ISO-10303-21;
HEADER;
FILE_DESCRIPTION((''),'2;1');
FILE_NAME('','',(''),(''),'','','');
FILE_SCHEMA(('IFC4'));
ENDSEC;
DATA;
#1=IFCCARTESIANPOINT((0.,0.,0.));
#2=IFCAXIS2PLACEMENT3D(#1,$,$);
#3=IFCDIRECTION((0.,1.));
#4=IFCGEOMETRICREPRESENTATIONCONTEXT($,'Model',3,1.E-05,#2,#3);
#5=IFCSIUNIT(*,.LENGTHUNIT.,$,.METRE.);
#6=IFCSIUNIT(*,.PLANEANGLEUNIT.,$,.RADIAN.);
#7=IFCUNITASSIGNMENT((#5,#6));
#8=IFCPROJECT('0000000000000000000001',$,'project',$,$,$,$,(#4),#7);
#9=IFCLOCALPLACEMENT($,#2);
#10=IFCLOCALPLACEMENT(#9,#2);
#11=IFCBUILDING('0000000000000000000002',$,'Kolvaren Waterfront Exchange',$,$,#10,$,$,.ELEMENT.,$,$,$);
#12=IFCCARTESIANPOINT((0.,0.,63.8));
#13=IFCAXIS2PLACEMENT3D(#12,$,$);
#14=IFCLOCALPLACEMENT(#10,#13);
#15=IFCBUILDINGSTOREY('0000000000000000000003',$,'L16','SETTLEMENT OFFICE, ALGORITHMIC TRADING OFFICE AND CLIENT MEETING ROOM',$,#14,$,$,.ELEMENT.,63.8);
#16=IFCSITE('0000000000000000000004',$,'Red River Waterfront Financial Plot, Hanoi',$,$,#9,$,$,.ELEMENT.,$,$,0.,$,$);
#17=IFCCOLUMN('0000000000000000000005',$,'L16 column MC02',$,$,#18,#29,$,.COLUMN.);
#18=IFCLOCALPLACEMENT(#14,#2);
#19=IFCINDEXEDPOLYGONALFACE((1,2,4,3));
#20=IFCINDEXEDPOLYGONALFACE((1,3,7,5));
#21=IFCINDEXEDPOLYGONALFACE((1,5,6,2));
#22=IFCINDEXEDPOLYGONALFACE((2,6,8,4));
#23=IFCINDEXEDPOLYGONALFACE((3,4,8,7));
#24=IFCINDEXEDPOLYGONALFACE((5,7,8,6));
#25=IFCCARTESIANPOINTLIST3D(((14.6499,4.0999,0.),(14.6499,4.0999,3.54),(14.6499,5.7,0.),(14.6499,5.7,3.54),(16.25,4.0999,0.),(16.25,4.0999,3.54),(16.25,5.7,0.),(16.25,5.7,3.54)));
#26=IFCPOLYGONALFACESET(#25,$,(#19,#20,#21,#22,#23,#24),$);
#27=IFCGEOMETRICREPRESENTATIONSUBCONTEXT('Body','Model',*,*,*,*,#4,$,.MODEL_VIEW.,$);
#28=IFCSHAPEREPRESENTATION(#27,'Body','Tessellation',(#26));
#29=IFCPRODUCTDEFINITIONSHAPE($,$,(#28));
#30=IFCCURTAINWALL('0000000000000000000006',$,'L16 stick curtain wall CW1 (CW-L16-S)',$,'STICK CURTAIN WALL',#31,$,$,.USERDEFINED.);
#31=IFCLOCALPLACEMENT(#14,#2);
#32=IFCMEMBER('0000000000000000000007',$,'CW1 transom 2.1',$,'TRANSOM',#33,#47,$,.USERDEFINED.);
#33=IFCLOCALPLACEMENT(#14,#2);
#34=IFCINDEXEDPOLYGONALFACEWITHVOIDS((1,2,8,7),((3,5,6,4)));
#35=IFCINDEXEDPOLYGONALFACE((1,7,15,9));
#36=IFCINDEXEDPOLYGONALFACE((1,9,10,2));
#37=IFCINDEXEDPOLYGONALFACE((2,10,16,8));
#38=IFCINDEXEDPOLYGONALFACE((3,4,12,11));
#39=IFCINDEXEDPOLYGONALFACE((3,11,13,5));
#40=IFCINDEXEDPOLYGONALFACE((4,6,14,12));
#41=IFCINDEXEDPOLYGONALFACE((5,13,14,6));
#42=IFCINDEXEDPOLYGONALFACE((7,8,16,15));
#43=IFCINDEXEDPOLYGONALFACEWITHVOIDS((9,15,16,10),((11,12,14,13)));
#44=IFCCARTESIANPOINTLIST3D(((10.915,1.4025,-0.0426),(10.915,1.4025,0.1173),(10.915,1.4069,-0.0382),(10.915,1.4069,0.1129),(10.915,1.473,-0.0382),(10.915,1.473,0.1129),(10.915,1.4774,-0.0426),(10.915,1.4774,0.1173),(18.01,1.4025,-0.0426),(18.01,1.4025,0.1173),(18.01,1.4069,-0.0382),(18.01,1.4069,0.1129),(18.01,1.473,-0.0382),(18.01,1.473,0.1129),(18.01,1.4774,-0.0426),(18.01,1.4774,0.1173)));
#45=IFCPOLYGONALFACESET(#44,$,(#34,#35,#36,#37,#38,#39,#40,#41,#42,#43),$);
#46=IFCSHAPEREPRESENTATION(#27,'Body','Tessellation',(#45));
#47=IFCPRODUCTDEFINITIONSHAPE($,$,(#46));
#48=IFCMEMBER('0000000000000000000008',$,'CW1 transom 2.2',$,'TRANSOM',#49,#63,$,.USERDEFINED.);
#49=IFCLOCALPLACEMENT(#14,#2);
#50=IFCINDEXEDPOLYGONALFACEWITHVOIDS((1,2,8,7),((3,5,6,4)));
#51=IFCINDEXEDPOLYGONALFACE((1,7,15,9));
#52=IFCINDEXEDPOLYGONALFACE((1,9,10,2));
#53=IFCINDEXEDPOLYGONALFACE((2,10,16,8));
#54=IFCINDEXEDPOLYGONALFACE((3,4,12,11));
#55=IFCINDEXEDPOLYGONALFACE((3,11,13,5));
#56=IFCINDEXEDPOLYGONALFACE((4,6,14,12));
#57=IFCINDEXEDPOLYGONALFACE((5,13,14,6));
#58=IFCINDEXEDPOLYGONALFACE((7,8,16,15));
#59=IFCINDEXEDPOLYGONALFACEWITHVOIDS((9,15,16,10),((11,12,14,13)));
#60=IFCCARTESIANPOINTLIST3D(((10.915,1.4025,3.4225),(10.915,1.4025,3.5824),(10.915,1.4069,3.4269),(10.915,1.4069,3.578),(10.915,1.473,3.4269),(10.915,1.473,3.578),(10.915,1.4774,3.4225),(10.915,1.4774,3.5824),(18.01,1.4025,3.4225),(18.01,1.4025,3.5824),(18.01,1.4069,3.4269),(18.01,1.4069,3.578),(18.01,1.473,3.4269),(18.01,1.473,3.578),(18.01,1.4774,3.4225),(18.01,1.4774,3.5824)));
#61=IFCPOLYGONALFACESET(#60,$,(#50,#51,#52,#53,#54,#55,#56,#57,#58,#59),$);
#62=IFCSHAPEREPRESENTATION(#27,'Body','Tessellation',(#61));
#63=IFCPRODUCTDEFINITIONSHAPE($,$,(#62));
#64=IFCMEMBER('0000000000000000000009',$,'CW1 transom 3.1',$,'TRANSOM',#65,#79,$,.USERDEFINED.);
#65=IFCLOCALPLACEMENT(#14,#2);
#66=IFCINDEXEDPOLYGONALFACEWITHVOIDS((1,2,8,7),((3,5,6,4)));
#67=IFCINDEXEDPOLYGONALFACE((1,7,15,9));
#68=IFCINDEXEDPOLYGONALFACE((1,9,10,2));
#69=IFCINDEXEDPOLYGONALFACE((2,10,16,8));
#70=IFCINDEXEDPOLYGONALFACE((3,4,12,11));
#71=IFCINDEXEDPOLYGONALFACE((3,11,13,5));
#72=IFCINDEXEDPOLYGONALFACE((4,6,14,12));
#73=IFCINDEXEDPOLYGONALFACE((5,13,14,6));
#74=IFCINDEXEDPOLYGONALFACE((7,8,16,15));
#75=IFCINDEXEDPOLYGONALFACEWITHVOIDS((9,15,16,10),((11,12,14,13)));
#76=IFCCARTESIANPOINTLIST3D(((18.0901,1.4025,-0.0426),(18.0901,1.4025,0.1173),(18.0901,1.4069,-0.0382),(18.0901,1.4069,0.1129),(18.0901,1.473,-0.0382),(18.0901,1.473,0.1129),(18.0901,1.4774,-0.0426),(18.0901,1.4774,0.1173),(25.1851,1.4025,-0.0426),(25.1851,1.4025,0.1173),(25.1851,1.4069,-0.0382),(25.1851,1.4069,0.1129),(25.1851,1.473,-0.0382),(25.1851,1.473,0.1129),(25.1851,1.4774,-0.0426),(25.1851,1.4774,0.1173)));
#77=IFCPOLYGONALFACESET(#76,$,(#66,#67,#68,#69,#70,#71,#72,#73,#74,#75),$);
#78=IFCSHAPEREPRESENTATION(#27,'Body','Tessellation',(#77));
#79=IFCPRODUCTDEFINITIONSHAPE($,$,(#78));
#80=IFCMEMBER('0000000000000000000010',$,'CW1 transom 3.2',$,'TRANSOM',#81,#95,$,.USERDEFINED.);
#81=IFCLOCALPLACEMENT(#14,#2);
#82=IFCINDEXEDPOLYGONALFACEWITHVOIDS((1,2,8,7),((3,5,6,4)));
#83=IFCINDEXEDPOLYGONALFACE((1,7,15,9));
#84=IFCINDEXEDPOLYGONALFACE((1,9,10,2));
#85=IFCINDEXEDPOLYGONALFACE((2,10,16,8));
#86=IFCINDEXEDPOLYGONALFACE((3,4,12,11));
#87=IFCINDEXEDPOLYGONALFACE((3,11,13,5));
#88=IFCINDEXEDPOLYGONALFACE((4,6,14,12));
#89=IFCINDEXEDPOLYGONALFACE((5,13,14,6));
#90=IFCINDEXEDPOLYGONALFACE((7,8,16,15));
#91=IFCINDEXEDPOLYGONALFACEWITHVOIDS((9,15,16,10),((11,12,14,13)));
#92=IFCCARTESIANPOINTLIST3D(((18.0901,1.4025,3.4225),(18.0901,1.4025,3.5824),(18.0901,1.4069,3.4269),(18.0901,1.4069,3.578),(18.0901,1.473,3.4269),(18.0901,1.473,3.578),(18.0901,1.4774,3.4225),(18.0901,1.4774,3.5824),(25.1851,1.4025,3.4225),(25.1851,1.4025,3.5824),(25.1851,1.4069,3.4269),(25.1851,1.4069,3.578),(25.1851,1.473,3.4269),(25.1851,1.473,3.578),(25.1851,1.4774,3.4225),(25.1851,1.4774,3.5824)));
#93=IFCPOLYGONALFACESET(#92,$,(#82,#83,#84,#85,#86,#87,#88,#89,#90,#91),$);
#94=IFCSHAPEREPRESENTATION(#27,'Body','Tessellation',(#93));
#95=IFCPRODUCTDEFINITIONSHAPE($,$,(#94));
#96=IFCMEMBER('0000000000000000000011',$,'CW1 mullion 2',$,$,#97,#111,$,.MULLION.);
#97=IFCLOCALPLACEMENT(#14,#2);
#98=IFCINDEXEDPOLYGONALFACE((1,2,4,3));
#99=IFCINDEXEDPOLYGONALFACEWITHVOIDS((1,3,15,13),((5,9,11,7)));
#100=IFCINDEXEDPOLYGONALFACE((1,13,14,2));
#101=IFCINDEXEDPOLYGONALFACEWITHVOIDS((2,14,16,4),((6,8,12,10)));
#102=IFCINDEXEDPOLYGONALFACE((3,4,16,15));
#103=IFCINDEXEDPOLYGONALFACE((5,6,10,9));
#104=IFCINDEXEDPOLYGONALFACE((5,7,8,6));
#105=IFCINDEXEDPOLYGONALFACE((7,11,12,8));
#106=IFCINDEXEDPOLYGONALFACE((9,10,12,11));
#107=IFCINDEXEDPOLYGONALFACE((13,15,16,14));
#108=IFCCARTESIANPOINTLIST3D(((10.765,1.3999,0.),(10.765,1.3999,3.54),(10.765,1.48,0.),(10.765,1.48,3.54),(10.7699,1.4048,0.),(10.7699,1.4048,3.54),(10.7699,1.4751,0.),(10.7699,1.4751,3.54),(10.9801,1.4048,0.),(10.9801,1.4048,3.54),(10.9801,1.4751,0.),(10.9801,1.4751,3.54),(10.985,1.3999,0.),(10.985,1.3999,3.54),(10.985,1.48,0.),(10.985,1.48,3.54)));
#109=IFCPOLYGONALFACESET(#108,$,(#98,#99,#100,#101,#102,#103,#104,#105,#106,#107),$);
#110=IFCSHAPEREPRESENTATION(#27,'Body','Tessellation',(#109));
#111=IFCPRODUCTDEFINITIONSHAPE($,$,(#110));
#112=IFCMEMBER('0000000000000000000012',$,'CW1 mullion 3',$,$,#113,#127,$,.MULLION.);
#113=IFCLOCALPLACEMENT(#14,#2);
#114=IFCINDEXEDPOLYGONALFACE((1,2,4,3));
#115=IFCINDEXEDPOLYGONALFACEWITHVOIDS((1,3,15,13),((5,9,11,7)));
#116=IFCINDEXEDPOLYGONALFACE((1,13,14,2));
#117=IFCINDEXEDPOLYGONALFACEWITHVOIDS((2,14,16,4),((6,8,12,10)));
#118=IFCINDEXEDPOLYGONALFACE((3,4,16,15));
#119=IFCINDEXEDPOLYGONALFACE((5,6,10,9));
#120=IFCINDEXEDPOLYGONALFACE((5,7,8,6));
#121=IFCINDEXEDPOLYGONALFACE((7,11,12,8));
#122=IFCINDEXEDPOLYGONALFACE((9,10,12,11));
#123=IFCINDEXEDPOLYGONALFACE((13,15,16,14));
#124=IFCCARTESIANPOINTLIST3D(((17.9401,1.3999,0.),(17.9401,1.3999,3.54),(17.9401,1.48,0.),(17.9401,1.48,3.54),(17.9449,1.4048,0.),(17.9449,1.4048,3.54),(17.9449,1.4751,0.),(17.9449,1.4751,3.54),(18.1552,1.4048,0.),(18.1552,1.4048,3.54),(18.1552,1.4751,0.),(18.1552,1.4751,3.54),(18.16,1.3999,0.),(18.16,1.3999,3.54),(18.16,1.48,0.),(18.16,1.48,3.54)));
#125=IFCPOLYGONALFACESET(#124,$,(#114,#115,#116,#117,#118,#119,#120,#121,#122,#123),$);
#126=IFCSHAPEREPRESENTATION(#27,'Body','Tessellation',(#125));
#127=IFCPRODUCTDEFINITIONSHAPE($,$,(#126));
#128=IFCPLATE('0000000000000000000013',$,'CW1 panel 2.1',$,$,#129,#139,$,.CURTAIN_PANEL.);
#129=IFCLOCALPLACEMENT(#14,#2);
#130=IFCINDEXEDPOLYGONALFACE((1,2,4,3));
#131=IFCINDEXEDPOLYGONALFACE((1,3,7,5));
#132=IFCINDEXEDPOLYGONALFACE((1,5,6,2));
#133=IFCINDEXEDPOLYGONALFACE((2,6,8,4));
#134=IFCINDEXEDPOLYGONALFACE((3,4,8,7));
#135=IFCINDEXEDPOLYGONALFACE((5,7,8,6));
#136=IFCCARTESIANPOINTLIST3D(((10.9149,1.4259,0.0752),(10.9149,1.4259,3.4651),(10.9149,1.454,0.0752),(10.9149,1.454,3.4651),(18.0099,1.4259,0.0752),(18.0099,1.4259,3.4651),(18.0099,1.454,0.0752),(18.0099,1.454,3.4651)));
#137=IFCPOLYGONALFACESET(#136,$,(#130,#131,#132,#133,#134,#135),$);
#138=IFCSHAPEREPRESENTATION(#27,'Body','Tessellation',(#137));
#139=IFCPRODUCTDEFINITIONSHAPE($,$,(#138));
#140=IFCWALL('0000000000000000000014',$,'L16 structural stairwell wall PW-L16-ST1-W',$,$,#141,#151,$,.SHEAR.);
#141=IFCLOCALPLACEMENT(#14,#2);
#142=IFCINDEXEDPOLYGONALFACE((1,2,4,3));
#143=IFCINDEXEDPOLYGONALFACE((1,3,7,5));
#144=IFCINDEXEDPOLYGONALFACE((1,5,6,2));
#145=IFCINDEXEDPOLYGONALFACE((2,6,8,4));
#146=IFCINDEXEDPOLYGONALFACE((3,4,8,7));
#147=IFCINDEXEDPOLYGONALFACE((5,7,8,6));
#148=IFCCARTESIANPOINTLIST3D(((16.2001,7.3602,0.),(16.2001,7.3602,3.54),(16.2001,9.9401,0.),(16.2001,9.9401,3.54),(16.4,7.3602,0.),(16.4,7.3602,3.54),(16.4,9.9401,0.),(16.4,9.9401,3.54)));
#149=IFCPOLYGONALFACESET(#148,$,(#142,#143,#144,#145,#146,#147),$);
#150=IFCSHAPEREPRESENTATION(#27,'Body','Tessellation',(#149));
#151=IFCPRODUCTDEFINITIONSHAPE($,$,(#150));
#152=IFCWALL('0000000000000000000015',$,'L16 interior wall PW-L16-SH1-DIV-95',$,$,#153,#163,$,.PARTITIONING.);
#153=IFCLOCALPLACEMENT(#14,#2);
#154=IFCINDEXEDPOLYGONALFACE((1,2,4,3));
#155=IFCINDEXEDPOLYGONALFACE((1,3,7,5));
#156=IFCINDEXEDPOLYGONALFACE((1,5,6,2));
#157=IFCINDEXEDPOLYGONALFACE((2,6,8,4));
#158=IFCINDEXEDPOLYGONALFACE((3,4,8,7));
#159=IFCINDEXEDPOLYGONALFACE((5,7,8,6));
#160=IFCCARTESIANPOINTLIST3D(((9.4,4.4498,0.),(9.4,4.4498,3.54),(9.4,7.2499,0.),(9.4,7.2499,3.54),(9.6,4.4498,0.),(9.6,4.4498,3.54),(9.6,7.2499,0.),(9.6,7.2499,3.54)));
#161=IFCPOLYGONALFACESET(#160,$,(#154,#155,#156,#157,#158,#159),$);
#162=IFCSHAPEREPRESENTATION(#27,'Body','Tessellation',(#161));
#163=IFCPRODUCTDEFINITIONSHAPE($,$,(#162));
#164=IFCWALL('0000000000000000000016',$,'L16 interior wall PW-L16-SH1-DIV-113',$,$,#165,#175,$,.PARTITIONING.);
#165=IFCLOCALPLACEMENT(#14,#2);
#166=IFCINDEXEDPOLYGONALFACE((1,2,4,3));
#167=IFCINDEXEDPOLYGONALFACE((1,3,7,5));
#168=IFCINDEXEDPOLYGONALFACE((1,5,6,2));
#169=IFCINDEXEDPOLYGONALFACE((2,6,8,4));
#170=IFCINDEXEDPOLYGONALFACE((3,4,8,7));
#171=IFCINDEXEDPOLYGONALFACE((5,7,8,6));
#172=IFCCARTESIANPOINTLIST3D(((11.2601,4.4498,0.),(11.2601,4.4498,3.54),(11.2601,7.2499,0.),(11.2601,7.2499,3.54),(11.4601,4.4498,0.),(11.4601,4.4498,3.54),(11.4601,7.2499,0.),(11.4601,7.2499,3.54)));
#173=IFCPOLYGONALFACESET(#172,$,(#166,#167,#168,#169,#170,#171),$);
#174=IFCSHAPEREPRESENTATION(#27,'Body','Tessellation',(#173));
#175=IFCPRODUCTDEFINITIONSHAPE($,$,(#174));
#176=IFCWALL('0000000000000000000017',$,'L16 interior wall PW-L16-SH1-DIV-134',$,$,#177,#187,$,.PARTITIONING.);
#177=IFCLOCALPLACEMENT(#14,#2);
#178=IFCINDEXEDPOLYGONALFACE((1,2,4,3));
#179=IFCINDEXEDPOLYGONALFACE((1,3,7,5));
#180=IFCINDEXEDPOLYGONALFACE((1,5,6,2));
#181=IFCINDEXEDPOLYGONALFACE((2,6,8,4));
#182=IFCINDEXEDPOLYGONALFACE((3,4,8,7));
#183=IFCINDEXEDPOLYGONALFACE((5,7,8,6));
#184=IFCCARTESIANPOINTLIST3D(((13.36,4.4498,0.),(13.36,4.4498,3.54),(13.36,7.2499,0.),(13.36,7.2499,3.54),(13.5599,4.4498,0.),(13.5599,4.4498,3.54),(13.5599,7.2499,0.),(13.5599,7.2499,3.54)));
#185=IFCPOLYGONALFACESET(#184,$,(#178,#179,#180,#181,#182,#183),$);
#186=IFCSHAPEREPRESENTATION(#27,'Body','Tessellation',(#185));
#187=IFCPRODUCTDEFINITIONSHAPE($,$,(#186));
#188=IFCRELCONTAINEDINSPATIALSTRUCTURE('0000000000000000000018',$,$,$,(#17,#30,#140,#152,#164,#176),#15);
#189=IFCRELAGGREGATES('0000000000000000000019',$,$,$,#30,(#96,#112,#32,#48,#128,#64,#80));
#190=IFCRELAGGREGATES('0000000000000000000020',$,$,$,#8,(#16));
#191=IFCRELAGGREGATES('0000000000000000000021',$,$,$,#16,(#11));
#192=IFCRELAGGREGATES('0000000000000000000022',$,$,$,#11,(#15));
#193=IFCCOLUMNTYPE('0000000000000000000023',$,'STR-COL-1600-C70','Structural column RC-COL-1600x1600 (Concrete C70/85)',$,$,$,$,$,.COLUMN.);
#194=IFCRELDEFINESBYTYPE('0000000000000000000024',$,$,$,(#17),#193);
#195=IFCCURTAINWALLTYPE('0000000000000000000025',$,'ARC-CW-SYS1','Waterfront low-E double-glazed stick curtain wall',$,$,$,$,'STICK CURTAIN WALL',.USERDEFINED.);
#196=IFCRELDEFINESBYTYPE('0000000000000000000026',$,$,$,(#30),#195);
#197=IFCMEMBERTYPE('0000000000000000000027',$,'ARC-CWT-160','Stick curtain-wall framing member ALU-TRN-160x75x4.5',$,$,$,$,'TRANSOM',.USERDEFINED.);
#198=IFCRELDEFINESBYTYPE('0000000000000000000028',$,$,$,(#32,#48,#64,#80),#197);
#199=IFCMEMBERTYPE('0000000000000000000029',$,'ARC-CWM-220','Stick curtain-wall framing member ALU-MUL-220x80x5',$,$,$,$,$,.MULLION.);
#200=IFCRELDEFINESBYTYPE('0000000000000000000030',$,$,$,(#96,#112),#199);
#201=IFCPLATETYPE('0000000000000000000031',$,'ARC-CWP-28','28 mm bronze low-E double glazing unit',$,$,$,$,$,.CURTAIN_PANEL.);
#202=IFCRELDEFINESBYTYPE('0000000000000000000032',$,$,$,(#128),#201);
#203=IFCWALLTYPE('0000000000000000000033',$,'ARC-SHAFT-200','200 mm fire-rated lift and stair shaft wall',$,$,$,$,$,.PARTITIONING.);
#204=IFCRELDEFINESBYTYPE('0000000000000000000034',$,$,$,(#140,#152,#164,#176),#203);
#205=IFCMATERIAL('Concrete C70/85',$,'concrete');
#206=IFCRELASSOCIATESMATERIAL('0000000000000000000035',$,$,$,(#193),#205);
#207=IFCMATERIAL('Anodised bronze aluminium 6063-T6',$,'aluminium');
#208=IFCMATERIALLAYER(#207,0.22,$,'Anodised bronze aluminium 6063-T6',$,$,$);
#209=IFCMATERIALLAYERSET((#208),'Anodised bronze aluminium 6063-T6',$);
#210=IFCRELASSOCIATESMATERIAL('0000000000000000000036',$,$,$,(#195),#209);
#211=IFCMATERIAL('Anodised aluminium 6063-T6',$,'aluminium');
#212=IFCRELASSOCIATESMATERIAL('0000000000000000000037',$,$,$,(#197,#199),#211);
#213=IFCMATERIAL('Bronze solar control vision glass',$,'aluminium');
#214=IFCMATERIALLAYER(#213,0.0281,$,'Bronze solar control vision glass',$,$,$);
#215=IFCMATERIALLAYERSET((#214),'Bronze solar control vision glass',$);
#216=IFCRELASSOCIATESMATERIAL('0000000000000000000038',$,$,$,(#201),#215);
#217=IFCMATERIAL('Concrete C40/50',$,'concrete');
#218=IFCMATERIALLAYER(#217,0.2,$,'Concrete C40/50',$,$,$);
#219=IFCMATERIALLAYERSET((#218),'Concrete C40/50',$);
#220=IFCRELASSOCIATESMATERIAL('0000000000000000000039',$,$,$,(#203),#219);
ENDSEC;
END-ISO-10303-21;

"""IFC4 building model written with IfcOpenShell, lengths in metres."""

from ifc_helpers import new_model, si_unit, direction, frame, frame_2d, origin, origin_with_axes, origin_2d, place, context, subcontext, project, spatial, rectangle, hollow_rectangle, extrude, source, transform, mapped, material, layer, layer_set, material_profile, profile_set, type_object, element, aggregate, save


model = new_model("IFC4")

# Units and contexts
model_context = context("Model", 3, precision=1e-05, world=origin(), true_north=direction((0.0, 1.0)))
body_context = subcontext(model_context, "Body", "Model", "MODEL_VIEW")
ifc_project = project(units=[si_unit("LENGTHUNIT", "METRE"), si_unit("PLANEANGLEUNIT", "RADIAN")], contexts=[model_context])

# Site, building, storey
site_placement = place(None, origin())
site = spatial("IfcSite", under=ifc_project, at=site_placement, Name="Red River Waterfront Financial Plot, Hanoi", CompositionType="ELEMENT", RefElevation=0.0)
building_placement = place(site_placement, origin())
building = spatial("IfcBuilding", under=site, at=building_placement, Name="Kolvaren Waterfront Exchange", CompositionType="ELEMENT")
storey_placement = place(building_placement, frame((0.0, 0.0, 63.8)))
storey = spatial("IfcBuildingStorey", under=building, at=storey_placement, Name="L16", Description="SETTLEMENT OFFICE, ALGORITHMIC TRADING OFFICE AND CLIENT MEETING ROOM", CompositionType="ELEMENT", Elevation=63.8)

# Column
ifc_material_1 = material(Name="Concrete C70/85", Category="concrete")
ifc_material_profile_1 = material_profile(ifc_material_1, rectangle(XDim=1.6001, YDim=1.6001, at=origin_2d()), Name="RC-COL-1600x1600")
ifc_profile_set_1 = profile_set([ifc_material_profile_1], Name="Concrete C70/85")
column_type = type_object("IfcColumnType", Name="STR-COL-1600-C70", Description="Structural column RC-COL-1600x1600 (Concrete C70/85)", PredefinedType="COLUMN", material=ifc_profile_set_1)
column_placement = place(storey_placement, frame((15.45, 4.8999, 0.0), z_axis=(0.0, 0.0, 1.0), x_axis=(1.0, 0.0, 0.0)))
element("IfcColumn", 1, at=column_placement, inside=storey, type_object=column_type, Name="L16 column MC02", PredefinedType="COLUMN", context=body_context, shape_type="SweptSolid", body=[
    extrude(rectangle(XDim=1.6001, YDim=1.6001, at=origin_2d()), origin(), (0.0, 0.0, 1.0), 3.54),
])

# Curtain wall, members, plate
ifc_material_2 = material(Name="Anodised bronze aluminium 6063-T6", Category="aluminium")
ifc_layer_1 = layer(ifc_material_2, 0.22, Name="Anodised bronze aluminium 6063-T6")
ifc_layer_set_1 = layer_set([ifc_layer_1], Name="Anodised bronze aluminium 6063-T6")
curtain_wall_type = type_object("IfcCurtainWallType", Name="ARC-CW-SYS1", Description="Waterfront low-E double-glazed stick curtain wall", ElementType="STICK CURTAIN WALL", PredefinedType="USERDEFINED", material=ifc_layer_set_1)
curtain_wall_placement = place(storey_placement, origin())
curtain_wall = element("IfcCurtainWall", 2, at=curtain_wall_placement, inside=storey, type_object=curtain_wall_type, Name="L16 stick curtain wall CW1 (CW-L16-S)", ObjectType="STICK CURTAIN WALL", PredefinedType="USERDEFINED")
ifc_material_3 = material(Name="Anodised aluminium 6063-T6", Category="aluminium")
ifc_material_profile_2 = material_profile(ifc_material_3, hollow_rectangle(XDim=0.075, YDim=0.1599, WallThickness=0.0044, at=origin_2d()), Name="ALU-TRN-160x75x4.5")
ifc_profile_set_2 = profile_set([ifc_material_profile_2], Name="Anodised aluminium 6063-T6")
member_type_1 = type_object("IfcMemberType", Name="ARC-CWT-160", Description="Stick curtain-wall framing member ALU-TRN-160x75x4.5", ElementType="TRANSOM", PredefinedType="USERDEFINED", material=ifc_profile_set_2)
shared_shape_1 = source(origin_with_axes(), body_context, "Body", "SweptSolid", [
    extrude(hollow_rectangle(XDim=0.075, YDim=0.1599, WallThickness=0.0044, at=origin_2d()), origin(), (0.0, 0.0, 1.0), 7.095),
])
member_1_placement = place(storey_placement, frame((10.915, 1.4399, 0.0374), z_axis=(1.0, 0.0, 0.0), x_axis=(0.0, 1.0, 0.0)))
member_1 = element("IfcMember", 3, at=member_1_placement, type_object=member_type_1, Name="CW1 transom 2.1", ObjectType="TRANSOM", PredefinedType="USERDEFINED", context=body_context, shape_type="MappedRepresentation", body=[
    mapped(shared_shape_1, transform((0.0, 0.0, 0.0), x_axis=(1.0, 0.0, 0.0), y_axis=(0.0, 1.0, 0.0), z_axis=(0.0, 0.0, 1.0), scale=1.0)),
])
member_2_placement = place(storey_placement, frame((10.915, 1.4399, 3.5024), z_axis=(1.0, 0.0, 0.0), x_axis=(0.0, 1.0, 0.0)))
member_2 = element("IfcMember", 4, at=member_2_placement, type_object=member_type_1, Name="CW1 transom 2.2", ObjectType="TRANSOM", PredefinedType="USERDEFINED", context=body_context, shape_type="MappedRepresentation", body=[
    mapped(shared_shape_1, transform((0.0, 0.0, 0.0), x_axis=(1.0, 0.0, 0.0), y_axis=(0.0, 1.0, 0.0), z_axis=(0.0, 0.0, 1.0), scale=1.0)),
])
member_3_placement = place(storey_placement, frame((18.0901, 1.4399, 0.0374), z_axis=(1.0, 0.0, 0.0), x_axis=(0.0, 1.0, 0.0)))
member_3 = element("IfcMember", 5, at=member_3_placement, type_object=member_type_1, Name="CW1 transom 3.1", ObjectType="TRANSOM", PredefinedType="USERDEFINED", context=body_context, shape_type="MappedRepresentation", body=[
    mapped(shared_shape_1, transform((0.0, 0.0, 0.0), x_axis=(1.0, 0.0, 0.0), y_axis=(0.0, 1.0, 0.0), z_axis=(0.0, 0.0, 1.0), scale=1.0)),
])
member_4_placement = place(storey_placement, frame((18.0901, 1.4399, 3.5024), z_axis=(1.0, 0.0, 0.0), x_axis=(0.0, 1.0, 0.0)))
member_4 = element("IfcMember", 6, at=member_4_placement, type_object=member_type_1, Name="CW1 transom 3.2", ObjectType="TRANSOM", PredefinedType="USERDEFINED", context=body_context, shape_type="MappedRepresentation", body=[
    mapped(shared_shape_1, transform((0.0, 0.0, 0.0), x_axis=(1.0, 0.0, 0.0), y_axis=(0.0, 1.0, 0.0), z_axis=(0.0, 0.0, 1.0), scale=1.0)),
])
ifc_material_profile_3 = material_profile(ifc_material_3, hollow_rectangle(XDim=0.0801, YDim=0.22, WallThickness=0.0049, at=origin_2d()), Name="ALU-MUL-220x80x5")
ifc_profile_set_3 = profile_set([ifc_material_profile_3], Name="Anodised aluminium 6063-T6")
member_type_2 = type_object("IfcMemberType", Name="ARC-CWM-220", Description="Stick curtain-wall framing member ALU-MUL-220x80x5", PredefinedType="MULLION", material=ifc_profile_set_3)
shared_shape_2 = source(origin_with_axes(), body_context, "Body", "SweptSolid", [
    extrude(hollow_rectangle(XDim=0.0801, YDim=0.22, WallThickness=0.0049, at=origin_2d()), origin(), (0.0, 0.0, 1.0), 3.54),
])
member_5_placement = place(storey_placement, frame((10.875, 1.4399, 0.0), z_axis=(0.0, 0.0, 1.0), x_axis=(0.0, 1.0, 0.0)))
member_5 = element("IfcMember", 7, at=member_5_placement, type_object=member_type_2, Name="CW1 mullion 2", PredefinedType="MULLION", context=body_context, shape_type="MappedRepresentation", body=[
    mapped(shared_shape_2, transform((0.0, 0.0, 0.0), x_axis=(1.0, 0.0, 0.0), y_axis=(0.0, 1.0, 0.0), z_axis=(0.0, 0.0, 1.0), scale=1.0)),
])
member_6_placement = place(storey_placement, frame((18.05, 1.4399, 0.0), z_axis=(0.0, 0.0, 1.0), x_axis=(0.0, 1.0, 0.0)))
member_6 = element("IfcMember", 8, at=member_6_placement, type_object=member_type_2, Name="CW1 mullion 3", PredefinedType="MULLION", context=body_context, shape_type="MappedRepresentation", body=[
    mapped(shared_shape_2, transform((0.0, 0.0, 0.0), x_axis=(1.0, 0.0, 0.0), y_axis=(0.0, 1.0, 0.0), z_axis=(0.0, 0.0, 1.0), scale=1.0)),
])
ifc_material_4 = material(Name="Bronze solar control vision glass", Category="aluminium")
ifc_layer_2 = layer(ifc_material_4, 0.0281, Name="Bronze solar control vision glass")
ifc_layer_set_2 = layer_set([ifc_layer_2], Name="Bronze solar control vision glass")
plate_type = type_object("IfcPlateType", Name="ARC-CWP-28", Description="28 mm bronze low-E double glazing unit", PredefinedType="CURTAIN_PANEL", material=ifc_layer_set_2)
shared_shape_3 = source(origin_with_axes(), body_context, "Body", "SweptSolid", [
    extrude(rectangle(XDim=7.095, YDim=0.0281, at=origin_2d()), origin(), (0.0, 0.0, 1.0), 3.3899),
])
plate_placement = place(storey_placement, frame((14.4624, 1.4399, 0.0752), z_axis=(0.0, 0.0, 1.0), x_axis=(1.0, 0.0, 0.0)))
plate = element("IfcPlate", 9, at=plate_placement, type_object=plate_type, Name="CW1 panel 2.1", PredefinedType="CURTAIN_PANEL", context=body_context, shape_type="MappedRepresentation", body=[
    mapped(shared_shape_3, transform((0.0, 0.0, 0.0), x_axis=(1.0, 0.0, 0.0), y_axis=(0.0, 1.0, 0.0), z_axis=(0.0, 0.0, 1.0), scale=1.0)),
])
aggregate(curtain_wall, [member_5, member_6, member_1, member_2, plate, member_3, member_4])

# Walls
ifc_material_5 = material(Name="Concrete C40/50", Category="concrete")
ifc_layer_3 = layer(ifc_material_5, 0.2, Name="Concrete C40/50")
ifc_layer_set_3 = layer_set([ifc_layer_3], Name="Concrete C40/50")
wall_type_1 = type_object("IfcWallType", Name="ARC-SHAFT-200", Description="200 mm fire-rated lift and stair shaft wall", PredefinedType="PARTITIONING", material=ifc_layer_set_3)
wall_1_placement = place(storey_placement, frame((16.3, 7.3601, 0.0), z_axis=(0.0, 0.0, 1.0), x_axis=(0.0, 1.0, 0.0)))
element("IfcWall", 10, at=wall_1_placement, inside=storey, type_object=wall_type_1, Name="L16 structural stairwell wall PW-L16-ST1-W", PredefinedType="SHEAR", context=body_context, shape_type="SweptSolid", body=[
    extrude(rectangle(XDim=2.5798, YDim=0.2, at=frame_2d((1.29, 0.0))), origin(), (0.0, 0.0, 1.0), 3.54),
])
for number, where, z_axis, x_axis, name in (
    (11, (9.5, 4.45, 0.0), (0.0, 0.0, 1.0), (0.0, 1.0, 0.0), "L16 interior wall PW-L16-SH1-DIV-95"),
    (12, (11.3601, 4.45, 0.0), (0.0, 0.0, 1.0), (0.0, 1.0, 0.0), "L16 interior wall PW-L16-SH1-DIV-113"),
    (13, (13.46, 4.45, 0.0), (0.0, 0.0, 1.0), (0.0, 1.0, 0.0), "L16 interior wall PW-L16-SH1-DIV-134"),
):
    element("IfcWall", number, at=place(storey_placement, frame(where, z_axis=z_axis, x_axis=x_axis)), inside=storey, type_object=wall_type_1, Name=name, PredefinedType="PARTITIONING", context=body_context, shape_type="SweptSolid", body=[
        extrude(rectangle(XDim=2.8, YDim=0.2, at=frame_2d((1.3999, 0.0))), origin(), (0.0, 0.0, 1.0), 3.54),
    ])

save(model, "model.ifc")
